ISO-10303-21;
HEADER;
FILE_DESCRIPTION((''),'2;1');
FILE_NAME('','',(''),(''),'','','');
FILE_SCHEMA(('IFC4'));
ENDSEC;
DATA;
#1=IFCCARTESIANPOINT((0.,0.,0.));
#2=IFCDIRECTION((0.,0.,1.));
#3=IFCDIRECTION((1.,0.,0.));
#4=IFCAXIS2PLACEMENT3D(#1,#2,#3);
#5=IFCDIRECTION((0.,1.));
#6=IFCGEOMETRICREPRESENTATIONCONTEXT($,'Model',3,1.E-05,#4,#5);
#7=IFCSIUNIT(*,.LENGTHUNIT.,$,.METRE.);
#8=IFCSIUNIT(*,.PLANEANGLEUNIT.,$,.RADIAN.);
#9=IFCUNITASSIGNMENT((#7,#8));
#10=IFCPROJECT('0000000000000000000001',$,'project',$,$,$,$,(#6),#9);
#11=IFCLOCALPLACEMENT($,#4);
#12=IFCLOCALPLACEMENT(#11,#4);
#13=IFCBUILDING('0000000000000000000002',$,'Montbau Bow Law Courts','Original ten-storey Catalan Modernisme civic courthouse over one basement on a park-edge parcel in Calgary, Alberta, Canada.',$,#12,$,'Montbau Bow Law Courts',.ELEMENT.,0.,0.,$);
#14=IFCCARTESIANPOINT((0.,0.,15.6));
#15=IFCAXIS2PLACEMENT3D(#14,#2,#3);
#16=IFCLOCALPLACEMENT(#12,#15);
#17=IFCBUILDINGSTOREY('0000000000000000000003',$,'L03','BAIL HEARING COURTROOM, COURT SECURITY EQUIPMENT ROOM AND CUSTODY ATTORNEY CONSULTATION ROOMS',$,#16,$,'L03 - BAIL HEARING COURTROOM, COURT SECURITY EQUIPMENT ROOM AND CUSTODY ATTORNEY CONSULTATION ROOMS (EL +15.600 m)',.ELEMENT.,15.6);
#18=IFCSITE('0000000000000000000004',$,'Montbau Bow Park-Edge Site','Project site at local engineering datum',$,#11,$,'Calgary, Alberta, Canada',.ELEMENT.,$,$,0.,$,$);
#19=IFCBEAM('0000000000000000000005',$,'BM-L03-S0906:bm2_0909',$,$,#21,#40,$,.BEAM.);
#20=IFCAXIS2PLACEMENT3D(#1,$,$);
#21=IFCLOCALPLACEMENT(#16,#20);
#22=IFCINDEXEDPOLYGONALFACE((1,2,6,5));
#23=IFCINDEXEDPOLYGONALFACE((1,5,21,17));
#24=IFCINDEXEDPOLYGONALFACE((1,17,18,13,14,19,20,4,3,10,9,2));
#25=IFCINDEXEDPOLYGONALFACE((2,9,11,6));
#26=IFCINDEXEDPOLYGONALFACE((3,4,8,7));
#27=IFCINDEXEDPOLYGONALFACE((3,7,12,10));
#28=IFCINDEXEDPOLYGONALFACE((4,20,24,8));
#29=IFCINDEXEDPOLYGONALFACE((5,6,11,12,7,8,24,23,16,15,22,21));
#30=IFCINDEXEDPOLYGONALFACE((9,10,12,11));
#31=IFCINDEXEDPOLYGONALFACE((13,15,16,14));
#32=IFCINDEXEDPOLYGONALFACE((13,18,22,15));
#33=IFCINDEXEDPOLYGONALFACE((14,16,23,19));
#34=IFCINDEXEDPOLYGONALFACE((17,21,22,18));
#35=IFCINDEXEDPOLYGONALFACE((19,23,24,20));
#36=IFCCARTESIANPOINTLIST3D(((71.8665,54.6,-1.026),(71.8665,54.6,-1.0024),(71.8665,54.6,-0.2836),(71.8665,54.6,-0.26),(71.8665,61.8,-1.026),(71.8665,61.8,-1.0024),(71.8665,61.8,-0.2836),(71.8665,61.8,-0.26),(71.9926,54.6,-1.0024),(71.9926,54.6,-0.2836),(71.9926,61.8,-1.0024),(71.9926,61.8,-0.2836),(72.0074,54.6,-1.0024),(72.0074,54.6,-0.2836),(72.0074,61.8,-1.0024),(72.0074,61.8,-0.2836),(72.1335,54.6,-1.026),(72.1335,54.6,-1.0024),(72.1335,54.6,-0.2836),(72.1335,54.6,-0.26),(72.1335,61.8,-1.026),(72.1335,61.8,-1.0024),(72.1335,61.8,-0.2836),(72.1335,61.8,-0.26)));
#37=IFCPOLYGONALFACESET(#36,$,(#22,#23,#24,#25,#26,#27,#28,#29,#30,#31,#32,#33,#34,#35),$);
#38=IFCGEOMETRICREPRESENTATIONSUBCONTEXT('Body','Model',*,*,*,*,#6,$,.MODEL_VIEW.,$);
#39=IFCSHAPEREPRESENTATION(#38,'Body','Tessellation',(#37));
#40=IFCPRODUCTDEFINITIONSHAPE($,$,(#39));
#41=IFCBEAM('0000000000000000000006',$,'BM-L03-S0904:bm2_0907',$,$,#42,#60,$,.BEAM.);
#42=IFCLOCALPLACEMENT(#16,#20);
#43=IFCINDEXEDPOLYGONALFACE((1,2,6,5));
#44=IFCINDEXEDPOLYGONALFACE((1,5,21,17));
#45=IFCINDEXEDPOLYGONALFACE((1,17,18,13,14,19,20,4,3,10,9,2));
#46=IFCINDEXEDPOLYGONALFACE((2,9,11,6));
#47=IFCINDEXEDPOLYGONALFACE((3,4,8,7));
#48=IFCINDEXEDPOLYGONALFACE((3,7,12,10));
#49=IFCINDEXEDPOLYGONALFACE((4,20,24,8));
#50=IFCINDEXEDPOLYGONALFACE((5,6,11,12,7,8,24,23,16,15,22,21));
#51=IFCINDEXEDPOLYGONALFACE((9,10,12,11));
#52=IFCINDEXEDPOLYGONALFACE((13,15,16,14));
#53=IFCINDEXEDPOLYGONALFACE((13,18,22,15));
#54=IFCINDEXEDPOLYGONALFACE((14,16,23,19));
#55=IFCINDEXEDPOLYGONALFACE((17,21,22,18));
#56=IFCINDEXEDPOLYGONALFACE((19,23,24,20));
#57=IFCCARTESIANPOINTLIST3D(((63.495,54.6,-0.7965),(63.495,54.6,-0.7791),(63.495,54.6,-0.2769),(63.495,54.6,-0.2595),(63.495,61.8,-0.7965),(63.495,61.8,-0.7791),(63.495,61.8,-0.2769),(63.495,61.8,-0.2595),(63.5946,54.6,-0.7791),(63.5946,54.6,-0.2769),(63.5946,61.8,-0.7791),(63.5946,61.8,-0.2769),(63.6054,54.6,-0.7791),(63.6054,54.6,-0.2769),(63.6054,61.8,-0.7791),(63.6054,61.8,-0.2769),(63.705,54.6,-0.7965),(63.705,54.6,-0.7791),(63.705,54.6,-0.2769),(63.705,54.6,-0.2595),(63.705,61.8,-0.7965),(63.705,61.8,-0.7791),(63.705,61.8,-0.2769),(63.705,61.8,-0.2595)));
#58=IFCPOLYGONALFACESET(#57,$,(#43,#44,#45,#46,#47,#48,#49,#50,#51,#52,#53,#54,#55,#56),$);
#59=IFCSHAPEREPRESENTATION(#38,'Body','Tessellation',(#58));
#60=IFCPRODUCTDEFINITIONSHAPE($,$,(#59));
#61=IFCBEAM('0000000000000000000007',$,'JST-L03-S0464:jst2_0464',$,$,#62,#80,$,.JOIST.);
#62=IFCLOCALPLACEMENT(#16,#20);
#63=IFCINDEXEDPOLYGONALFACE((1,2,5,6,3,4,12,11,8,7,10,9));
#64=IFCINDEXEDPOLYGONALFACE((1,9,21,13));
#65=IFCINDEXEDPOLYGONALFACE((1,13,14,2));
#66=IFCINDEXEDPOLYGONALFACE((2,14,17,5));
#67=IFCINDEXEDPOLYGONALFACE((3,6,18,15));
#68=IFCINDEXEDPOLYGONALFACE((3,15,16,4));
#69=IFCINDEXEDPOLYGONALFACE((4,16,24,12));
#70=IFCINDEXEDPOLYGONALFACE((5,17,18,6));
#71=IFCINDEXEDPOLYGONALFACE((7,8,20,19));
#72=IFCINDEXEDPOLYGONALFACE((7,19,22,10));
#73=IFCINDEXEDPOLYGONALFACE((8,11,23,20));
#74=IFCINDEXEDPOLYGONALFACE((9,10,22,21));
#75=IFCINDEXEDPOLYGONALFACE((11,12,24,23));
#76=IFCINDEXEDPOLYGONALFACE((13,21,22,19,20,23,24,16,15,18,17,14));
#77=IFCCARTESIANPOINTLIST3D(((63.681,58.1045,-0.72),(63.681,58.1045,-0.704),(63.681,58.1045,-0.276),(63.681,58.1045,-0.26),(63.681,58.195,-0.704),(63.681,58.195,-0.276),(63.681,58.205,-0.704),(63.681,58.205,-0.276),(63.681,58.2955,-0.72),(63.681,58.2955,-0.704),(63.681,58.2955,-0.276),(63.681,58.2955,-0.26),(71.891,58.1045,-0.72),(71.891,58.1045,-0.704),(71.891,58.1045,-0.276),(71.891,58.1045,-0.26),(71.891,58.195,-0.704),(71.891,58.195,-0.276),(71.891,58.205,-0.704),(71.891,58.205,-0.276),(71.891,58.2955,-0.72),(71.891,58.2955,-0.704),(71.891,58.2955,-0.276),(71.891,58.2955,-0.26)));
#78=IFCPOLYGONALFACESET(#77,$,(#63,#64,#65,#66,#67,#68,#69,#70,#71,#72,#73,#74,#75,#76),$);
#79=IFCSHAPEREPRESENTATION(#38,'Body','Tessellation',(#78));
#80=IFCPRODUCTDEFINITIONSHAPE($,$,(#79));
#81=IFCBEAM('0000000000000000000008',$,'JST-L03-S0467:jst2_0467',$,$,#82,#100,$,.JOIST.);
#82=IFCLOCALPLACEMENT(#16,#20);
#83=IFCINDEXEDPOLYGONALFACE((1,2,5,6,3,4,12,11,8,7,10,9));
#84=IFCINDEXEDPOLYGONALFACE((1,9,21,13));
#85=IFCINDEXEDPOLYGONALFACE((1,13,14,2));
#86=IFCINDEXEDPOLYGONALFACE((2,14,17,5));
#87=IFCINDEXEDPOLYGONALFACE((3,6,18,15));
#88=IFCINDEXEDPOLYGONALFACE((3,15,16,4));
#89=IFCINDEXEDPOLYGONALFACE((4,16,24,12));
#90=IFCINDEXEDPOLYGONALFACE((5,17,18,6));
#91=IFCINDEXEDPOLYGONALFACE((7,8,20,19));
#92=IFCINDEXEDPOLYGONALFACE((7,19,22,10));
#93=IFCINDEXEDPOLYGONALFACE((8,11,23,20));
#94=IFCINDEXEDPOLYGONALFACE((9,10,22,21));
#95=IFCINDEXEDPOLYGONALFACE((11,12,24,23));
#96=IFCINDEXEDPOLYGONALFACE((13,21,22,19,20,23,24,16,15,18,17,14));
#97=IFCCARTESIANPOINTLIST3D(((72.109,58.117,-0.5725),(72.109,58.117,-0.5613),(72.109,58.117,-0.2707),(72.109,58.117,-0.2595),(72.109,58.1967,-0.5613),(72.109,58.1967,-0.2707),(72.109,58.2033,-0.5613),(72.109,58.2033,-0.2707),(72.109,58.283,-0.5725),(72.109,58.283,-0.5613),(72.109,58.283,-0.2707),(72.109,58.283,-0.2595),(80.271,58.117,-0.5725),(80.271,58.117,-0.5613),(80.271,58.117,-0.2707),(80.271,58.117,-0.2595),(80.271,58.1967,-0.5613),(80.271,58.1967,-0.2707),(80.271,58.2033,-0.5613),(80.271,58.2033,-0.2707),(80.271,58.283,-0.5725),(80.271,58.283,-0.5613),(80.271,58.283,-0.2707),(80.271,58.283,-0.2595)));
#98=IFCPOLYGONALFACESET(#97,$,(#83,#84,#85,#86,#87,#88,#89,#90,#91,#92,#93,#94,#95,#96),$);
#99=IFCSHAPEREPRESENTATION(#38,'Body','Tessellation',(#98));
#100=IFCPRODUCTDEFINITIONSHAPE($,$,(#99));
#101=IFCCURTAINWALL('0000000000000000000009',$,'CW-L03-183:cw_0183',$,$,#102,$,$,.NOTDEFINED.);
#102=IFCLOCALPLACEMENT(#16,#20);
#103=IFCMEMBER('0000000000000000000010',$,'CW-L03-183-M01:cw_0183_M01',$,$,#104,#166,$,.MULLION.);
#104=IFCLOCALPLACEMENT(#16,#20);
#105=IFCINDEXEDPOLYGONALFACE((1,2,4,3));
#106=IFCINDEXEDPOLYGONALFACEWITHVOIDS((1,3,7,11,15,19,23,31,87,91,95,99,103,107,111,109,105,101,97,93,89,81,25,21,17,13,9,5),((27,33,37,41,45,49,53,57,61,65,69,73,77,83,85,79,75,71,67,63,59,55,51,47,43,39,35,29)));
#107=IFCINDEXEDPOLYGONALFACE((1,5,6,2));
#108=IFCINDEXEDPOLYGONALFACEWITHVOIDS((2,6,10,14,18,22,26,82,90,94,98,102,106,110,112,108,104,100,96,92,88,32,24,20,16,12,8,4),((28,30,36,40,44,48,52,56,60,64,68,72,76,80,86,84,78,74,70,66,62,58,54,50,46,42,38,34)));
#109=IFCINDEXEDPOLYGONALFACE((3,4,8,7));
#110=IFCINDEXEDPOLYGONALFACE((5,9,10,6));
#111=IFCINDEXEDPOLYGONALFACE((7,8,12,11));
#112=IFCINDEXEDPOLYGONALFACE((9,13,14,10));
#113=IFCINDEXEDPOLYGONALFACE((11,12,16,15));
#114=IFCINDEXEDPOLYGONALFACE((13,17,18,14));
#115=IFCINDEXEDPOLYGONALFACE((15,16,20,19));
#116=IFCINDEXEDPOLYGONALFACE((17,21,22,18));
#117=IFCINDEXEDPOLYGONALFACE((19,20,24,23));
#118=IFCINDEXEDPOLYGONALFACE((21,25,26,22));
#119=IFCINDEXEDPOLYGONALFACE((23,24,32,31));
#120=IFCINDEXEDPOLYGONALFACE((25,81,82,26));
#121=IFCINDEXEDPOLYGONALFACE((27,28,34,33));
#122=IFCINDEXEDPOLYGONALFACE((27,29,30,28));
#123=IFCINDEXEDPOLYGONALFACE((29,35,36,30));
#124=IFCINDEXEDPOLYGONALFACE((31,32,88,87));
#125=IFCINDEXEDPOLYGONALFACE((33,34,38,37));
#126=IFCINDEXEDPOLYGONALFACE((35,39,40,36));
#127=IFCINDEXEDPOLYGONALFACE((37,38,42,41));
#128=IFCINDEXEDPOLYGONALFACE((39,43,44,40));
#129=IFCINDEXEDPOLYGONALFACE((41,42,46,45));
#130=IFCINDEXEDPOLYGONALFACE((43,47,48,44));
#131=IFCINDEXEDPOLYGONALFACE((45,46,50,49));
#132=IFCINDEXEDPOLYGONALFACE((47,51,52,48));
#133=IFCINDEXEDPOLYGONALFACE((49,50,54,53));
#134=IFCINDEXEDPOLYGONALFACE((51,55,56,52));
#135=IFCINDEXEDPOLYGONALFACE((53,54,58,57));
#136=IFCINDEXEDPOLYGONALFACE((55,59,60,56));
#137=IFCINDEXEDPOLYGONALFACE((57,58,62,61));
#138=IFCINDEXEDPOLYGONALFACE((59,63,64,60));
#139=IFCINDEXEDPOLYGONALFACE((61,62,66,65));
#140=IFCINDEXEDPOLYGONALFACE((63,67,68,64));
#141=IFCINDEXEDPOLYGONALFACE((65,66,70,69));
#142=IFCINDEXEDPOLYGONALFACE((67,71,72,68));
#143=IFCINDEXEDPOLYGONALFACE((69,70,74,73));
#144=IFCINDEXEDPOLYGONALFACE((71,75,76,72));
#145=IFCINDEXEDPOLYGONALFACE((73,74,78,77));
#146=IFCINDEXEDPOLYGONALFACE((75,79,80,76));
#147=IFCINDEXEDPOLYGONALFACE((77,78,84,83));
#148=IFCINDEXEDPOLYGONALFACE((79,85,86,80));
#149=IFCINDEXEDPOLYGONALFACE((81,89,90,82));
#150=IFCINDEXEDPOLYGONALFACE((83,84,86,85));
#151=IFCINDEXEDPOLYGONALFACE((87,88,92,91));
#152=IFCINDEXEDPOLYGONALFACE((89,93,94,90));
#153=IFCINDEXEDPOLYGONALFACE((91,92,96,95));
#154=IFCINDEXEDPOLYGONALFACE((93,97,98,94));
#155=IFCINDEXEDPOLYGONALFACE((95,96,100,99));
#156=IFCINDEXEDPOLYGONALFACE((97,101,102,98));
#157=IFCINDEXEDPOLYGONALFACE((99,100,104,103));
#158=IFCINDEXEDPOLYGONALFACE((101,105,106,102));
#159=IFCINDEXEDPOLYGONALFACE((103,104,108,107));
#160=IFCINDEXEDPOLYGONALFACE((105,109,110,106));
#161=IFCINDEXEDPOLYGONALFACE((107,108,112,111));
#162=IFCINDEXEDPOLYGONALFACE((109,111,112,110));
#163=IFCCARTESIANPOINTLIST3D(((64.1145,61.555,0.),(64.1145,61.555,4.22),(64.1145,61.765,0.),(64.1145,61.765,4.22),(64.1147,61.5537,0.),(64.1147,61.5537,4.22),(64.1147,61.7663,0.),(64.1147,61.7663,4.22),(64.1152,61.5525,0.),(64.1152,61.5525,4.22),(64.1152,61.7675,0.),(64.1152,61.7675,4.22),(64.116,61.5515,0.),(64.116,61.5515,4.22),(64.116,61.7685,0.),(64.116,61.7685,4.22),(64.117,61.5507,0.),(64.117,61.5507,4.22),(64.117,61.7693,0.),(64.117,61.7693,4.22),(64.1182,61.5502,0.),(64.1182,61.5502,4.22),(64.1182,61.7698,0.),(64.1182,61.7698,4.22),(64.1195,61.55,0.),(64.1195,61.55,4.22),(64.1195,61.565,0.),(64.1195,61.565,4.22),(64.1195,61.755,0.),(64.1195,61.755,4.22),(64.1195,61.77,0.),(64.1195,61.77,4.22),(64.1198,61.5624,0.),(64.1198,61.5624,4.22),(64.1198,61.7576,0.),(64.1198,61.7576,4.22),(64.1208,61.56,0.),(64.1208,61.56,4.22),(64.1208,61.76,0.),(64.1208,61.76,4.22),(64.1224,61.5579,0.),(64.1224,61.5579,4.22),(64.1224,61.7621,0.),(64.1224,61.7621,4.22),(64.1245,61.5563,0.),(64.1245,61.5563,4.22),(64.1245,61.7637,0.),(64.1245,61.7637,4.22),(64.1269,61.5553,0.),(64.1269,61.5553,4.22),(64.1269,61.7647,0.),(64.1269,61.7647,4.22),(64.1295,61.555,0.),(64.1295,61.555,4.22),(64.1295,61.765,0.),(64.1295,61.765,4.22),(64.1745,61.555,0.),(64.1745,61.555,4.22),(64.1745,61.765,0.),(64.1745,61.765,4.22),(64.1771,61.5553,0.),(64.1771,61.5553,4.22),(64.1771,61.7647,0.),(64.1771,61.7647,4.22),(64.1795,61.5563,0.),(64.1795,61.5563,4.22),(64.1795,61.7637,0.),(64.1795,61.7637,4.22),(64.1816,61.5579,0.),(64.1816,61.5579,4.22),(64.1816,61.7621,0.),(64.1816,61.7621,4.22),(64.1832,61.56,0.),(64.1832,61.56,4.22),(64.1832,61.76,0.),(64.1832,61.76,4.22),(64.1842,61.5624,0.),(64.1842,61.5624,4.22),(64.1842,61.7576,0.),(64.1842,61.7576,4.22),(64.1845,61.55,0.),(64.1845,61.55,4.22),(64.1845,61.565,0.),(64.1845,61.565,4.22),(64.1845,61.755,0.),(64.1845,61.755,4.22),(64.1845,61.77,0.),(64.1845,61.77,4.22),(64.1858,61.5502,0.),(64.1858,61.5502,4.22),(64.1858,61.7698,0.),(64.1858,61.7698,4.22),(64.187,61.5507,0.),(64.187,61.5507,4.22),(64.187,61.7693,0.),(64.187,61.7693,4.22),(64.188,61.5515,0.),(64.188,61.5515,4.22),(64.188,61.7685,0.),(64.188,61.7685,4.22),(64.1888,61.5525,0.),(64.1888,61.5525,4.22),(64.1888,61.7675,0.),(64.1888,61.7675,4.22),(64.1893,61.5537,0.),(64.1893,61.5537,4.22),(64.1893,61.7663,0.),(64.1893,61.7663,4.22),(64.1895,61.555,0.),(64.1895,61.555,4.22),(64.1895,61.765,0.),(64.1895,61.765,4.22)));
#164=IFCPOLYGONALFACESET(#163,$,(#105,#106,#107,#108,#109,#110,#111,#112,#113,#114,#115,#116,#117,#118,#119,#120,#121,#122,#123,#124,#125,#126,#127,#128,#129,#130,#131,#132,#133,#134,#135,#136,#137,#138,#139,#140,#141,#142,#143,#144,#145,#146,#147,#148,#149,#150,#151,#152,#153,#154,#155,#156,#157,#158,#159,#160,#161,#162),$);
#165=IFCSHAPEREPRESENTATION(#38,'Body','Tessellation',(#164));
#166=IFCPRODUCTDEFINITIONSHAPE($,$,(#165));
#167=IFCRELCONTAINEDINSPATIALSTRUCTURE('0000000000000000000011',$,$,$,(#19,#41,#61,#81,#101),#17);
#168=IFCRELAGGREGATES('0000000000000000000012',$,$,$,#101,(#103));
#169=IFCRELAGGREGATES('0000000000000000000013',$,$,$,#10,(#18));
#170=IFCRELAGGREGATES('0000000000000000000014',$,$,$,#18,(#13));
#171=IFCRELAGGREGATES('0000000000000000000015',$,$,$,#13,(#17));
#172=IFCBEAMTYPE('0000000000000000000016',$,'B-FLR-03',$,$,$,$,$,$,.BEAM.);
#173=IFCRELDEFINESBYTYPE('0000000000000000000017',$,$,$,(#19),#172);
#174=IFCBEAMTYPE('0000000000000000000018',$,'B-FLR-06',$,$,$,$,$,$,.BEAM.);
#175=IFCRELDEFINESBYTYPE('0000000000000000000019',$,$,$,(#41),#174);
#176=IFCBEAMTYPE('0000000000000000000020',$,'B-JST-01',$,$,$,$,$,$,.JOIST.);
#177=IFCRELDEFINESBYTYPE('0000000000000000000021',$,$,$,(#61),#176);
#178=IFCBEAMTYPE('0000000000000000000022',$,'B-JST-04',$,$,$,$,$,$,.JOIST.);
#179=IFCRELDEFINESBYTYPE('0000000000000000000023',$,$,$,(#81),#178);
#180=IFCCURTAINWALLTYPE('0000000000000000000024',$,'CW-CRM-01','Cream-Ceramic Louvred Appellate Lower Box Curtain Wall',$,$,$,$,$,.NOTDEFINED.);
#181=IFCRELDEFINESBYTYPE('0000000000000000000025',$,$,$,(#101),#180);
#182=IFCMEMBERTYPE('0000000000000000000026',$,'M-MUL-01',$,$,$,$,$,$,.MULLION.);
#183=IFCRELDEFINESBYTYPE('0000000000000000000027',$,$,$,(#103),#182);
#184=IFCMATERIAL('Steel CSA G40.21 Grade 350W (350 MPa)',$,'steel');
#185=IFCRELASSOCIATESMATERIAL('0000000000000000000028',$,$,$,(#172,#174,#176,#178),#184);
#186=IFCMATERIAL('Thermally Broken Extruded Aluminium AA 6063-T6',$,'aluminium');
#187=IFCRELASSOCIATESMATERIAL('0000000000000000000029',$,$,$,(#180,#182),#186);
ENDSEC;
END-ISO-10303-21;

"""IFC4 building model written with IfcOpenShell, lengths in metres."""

from ifc_helpers import new_model, si_unit, direction, frame, origin_with_axes, origin_2d_with_axis, place, context, subcontext, project, spatial, hollow_rectangle, i_section, extrude, material, material_profile, profile_set, type_object, element, aggregate, save


model = new_model("IFC4")

# Units and contexts
model_context = context("Model", 3, precision=1e-05, world=origin_with_axes(), true_north=direction((0.0, 1.0)))
body_context = subcontext(model_context, "Body", "Model", "MODEL_VIEW")
ifc_project = project(units=[si_unit("LENGTHUNIT", "METRE"), si_unit("PLANEANGLEUNIT", "RADIAN")], contexts=[model_context])

# Site, building, storey
site_placement = place(None, origin_with_axes())
site = spatial("IfcSite", under=ifc_project, at=site_placement, Name="Montbau Bow Park-Edge Site", Description="Project site at local engineering datum", LongName="Calgary, Alberta, Canada", CompositionType="ELEMENT", RefElevation=0.0)
building_placement = place(site_placement, origin_with_axes())
building = spatial("IfcBuilding", under=site, at=building_placement, Name="Montbau Bow Law Courts", Description="Original ten-storey Catalan Modernisme civic courthouse over one basement on a park-edge parcel in Calgary, Alberta, Canada.", LongName="Montbau Bow Law Courts", CompositionType="ELEMENT", ElevationOfRefHeight=0.0, ElevationOfTerrain=0.0)
storey_placement = place(building_placement, frame((0.0, 0.0, 15.6), z_axis=(0.0, 0.0, 1.0), x_axis=(1.0, 0.0, 0.0)))
storey = spatial("IfcBuildingStorey", under=building, at=storey_placement, Name="L03", Description="BAIL HEARING COURTROOM, COURT SECURITY EQUIPMENT ROOM AND CUSTODY ATTORNEY CONSULTATION ROOMS", LongName="L03 - BAIL HEARING COURTROOM, COURT SECURITY EQUIPMENT ROOM AND CUSTODY ATTORNEY CONSULTATION ROOMS (EL +15.600 m)", CompositionType="ELEMENT", Elevation=15.6)

# Shared definitions
ifc_material_1 = material(Name="Steel CSA G40.21 Grade 350W (350 MPa)", Category="steel")

# Beams
ifc_material_profile_1 = material_profile(ifc_material_1, i_section(OverallWidth=0.267, OverallDepth=0.766, WebThickness=0.0149, FlangeThickness=0.0236, at=origin_2d_with_axis()), Name="W760X185", Category="Main", Priority=0)
ifc_profile_set_1 = profile_set([ifc_material_profile_1], Name="Steel CSA G40.21 Grade 350W (350 MPa)")
beam_type_1 = type_object("IfcBeamType", Name="B-FLR-03", PredefinedType="BEAM", material=ifc_profile_set_1)
beam_1_placement = place(None, frame((72.0, 54.6, 14.957), z_axis=(0.0, 1.0, 0.0), x_axis=(-1.0, 0.0, 0.0)))
element("IfcBeam", 1, at=beam_1_placement, inside=storey, type_object=beam_type_1, Name="BM-L03-S0906:bm2_0909", PredefinedType="BEAM", context=body_context, shape_type="SweptSolid", body=[
    extrude(i_section(OverallWidth=0.267, OverallDepth=0.766, WebThickness=0.0149, FlangeThickness=0.0236, at=origin_2d_with_axis()), origin_with_axes(), (0.0, 0.0, 1.0), 7.2),
])
ifc_material_profile_2 = material_profile(ifc_material_1, i_section(OverallWidth=0.21, OverallDepth=0.537, WebThickness=0.0109, FlangeThickness=0.0174, at=origin_2d_with_axis()), Name="W530X101", Category="Main", Priority=0)
ifc_profile_set_2 = profile_set([ifc_material_profile_2], Name="Steel CSA G40.21 Grade 350W (350 MPa)")
beam_type_2 = type_object("IfcBeamType", Name="B-FLR-06", PredefinedType="BEAM", material=ifc_profile_set_2)
beam_2_placement = place(None, frame((63.6, 54.6, 15.072), z_axis=(0.0, 1.0, 0.0), x_axis=(-1.0, 0.0, 0.0)))
element("IfcBeam", 2, at=beam_2_placement, inside=storey, type_object=beam_type_2, Name="BM-L03-S0904:bm2_0907", PredefinedType="BEAM", context=body_context, shape_type="SweptSolid", body=[
    extrude(i_section(OverallWidth=0.21, OverallDepth=0.537, WebThickness=0.0109, FlangeThickness=0.0174, at=origin_2d_with_axis()), origin_with_axes(), (0.0, 0.0, 1.0), 7.2),
])
ifc_material_profile_3 = material_profile(ifc_material_1, i_section(OverallWidth=0.191, OverallDepth=0.46, WebThickness=0.0099, FlangeThickness=0.016, at=origin_2d_with_axis()), Name="W460X82", Category="Main", Priority=0)
ifc_profile_set_3 = profile_set([ifc_material_profile_3], Name="Steel CSA G40.21 Grade 350W (350 MPa)")
beam_type_3 = type_object("IfcBeamType", Name="B-JST-01", PredefinedType="JOIST", material=ifc_profile_set_3)
beam_3_placement = place(None, frame((63.681, 58.2, 15.11), z_axis=(1.0, 0.0, 0.0), x_axis=(0.0, 1.0, 0.0)))
element("IfcBeam", 3, at=beam_3_placement, inside=storey, type_object=beam_type_3, Name="JST-L03-S0464:jst2_0464", PredefinedType="JOIST", context=body_context, shape_type="SweptSolid", body=[
    extrude(i_section(OverallWidth=0.191, OverallDepth=0.46, WebThickness=0.0099, FlangeThickness=0.016, at=origin_2d_with_axis()), origin_with_axes(), (0.0, 0.0, 1.0), 8.21),
])
ifc_material_profile_4 = material_profile(ifc_material_1, i_section(OverallWidth=0.166, OverallDepth=0.313, WebThickness=0.0066, FlangeThickness=0.0112, at=origin_2d_with_axis()), Name="W310X45", Category="Main", Priority=0)
ifc_profile_set_4 = profile_set([ifc_material_profile_4], Name="Steel CSA G40.21 Grade 350W (350 MPa)")
beam_type_4 = type_object("IfcBeamType", Name="B-JST-04", PredefinedType="JOIST", material=ifc_profile_set_4)
beam_4_placement = place(None, frame((72.109, 58.2, 15.184), z_axis=(1.0, 0.0, 0.0), x_axis=(0.0, 1.0, 0.0)))
element("IfcBeam", 4, at=beam_4_placement, inside=storey, type_object=beam_type_4, Name="JST-L03-S0467:jst2_0467", PredefinedType="JOIST", context=body_context, shape_type="SweptSolid", body=[
    extrude(i_section(OverallWidth=0.166, OverallDepth=0.313, WebThickness=0.0066, FlangeThickness=0.0112, at=origin_2d_with_axis()), origin_with_axes(), (0.0, 0.0, 1.0), 8.162),
])

# Curtain wall, member
ifc_material_2 = material(Name="Thermally Broken Extruded Aluminium AA 6063-T6", Category="aluminium")
curtain_wall_type = type_object("IfcCurtainWallType", Name="CW-CRM-01", Description="Cream-Ceramic Louvred Appellate Lower Box Curtain Wall", PredefinedType="NOTDEFINED", material=ifc_material_2)
curtain_wall_1_placement = place(None, frame((64.115, 61.66, 15.6), z_axis=(0.0, 0.0, 1.0), x_axis=(1.0, 0.0, 0.0)))
curtain_wall_1 = element("IfcCurtainWall", 5, at=curtain_wall_1_placement, inside=storey, type_object=curtain_wall_type, Name="CW-L03-183:cw_0183", PredefinedType="NOTDEFINED")
ifc_material_profile_5 = material_profile(ifc_material_2, hollow_rectangle(XDim=0.075, YDim=0.22, WallThickness=0.005, InnerFilletRadius=0.01, OuterFilletRadius=0.005, at=origin_2d_with_axis()), Name="CWM-220X75", Category="Main", Priority=0)
ifc_profile_set_5 = profile_set([ifc_material_profile_5], Name="Thermally Broken Extruded Aluminium AA 6063-T6")
member_type_1 = type_object("IfcMemberType", Name="M-MUL-01", PredefinedType="MULLION", material=ifc_profile_set_5)
member_1_placement = place(None, frame((64.152, 61.66, 15.6), z_axis=(0.0, 0.0, 1.0), x_axis=(1.0, 0.0, 0.0)))
member_1 = element("IfcMember", 6, at=member_1_placement, type_object=member_type_1, Name="CW-L03-183-M01:cw_0183_M01", PredefinedType="MULLION", context=body_context, shape_type="SweptSolid", body=[
    extrude(hollow_rectangle(XDim=0.075, YDim=0.22, WallThickness=0.005, InnerFilletRadius=0.01, OuterFilletRadius=0.005, at=origin_2d_with_axis()), origin_with_axes(), (0.0, 0.0, 1.0), 4.22),
])

aggregate(curtain_wall_1, [member_1])

save(model, "model.ifc")
